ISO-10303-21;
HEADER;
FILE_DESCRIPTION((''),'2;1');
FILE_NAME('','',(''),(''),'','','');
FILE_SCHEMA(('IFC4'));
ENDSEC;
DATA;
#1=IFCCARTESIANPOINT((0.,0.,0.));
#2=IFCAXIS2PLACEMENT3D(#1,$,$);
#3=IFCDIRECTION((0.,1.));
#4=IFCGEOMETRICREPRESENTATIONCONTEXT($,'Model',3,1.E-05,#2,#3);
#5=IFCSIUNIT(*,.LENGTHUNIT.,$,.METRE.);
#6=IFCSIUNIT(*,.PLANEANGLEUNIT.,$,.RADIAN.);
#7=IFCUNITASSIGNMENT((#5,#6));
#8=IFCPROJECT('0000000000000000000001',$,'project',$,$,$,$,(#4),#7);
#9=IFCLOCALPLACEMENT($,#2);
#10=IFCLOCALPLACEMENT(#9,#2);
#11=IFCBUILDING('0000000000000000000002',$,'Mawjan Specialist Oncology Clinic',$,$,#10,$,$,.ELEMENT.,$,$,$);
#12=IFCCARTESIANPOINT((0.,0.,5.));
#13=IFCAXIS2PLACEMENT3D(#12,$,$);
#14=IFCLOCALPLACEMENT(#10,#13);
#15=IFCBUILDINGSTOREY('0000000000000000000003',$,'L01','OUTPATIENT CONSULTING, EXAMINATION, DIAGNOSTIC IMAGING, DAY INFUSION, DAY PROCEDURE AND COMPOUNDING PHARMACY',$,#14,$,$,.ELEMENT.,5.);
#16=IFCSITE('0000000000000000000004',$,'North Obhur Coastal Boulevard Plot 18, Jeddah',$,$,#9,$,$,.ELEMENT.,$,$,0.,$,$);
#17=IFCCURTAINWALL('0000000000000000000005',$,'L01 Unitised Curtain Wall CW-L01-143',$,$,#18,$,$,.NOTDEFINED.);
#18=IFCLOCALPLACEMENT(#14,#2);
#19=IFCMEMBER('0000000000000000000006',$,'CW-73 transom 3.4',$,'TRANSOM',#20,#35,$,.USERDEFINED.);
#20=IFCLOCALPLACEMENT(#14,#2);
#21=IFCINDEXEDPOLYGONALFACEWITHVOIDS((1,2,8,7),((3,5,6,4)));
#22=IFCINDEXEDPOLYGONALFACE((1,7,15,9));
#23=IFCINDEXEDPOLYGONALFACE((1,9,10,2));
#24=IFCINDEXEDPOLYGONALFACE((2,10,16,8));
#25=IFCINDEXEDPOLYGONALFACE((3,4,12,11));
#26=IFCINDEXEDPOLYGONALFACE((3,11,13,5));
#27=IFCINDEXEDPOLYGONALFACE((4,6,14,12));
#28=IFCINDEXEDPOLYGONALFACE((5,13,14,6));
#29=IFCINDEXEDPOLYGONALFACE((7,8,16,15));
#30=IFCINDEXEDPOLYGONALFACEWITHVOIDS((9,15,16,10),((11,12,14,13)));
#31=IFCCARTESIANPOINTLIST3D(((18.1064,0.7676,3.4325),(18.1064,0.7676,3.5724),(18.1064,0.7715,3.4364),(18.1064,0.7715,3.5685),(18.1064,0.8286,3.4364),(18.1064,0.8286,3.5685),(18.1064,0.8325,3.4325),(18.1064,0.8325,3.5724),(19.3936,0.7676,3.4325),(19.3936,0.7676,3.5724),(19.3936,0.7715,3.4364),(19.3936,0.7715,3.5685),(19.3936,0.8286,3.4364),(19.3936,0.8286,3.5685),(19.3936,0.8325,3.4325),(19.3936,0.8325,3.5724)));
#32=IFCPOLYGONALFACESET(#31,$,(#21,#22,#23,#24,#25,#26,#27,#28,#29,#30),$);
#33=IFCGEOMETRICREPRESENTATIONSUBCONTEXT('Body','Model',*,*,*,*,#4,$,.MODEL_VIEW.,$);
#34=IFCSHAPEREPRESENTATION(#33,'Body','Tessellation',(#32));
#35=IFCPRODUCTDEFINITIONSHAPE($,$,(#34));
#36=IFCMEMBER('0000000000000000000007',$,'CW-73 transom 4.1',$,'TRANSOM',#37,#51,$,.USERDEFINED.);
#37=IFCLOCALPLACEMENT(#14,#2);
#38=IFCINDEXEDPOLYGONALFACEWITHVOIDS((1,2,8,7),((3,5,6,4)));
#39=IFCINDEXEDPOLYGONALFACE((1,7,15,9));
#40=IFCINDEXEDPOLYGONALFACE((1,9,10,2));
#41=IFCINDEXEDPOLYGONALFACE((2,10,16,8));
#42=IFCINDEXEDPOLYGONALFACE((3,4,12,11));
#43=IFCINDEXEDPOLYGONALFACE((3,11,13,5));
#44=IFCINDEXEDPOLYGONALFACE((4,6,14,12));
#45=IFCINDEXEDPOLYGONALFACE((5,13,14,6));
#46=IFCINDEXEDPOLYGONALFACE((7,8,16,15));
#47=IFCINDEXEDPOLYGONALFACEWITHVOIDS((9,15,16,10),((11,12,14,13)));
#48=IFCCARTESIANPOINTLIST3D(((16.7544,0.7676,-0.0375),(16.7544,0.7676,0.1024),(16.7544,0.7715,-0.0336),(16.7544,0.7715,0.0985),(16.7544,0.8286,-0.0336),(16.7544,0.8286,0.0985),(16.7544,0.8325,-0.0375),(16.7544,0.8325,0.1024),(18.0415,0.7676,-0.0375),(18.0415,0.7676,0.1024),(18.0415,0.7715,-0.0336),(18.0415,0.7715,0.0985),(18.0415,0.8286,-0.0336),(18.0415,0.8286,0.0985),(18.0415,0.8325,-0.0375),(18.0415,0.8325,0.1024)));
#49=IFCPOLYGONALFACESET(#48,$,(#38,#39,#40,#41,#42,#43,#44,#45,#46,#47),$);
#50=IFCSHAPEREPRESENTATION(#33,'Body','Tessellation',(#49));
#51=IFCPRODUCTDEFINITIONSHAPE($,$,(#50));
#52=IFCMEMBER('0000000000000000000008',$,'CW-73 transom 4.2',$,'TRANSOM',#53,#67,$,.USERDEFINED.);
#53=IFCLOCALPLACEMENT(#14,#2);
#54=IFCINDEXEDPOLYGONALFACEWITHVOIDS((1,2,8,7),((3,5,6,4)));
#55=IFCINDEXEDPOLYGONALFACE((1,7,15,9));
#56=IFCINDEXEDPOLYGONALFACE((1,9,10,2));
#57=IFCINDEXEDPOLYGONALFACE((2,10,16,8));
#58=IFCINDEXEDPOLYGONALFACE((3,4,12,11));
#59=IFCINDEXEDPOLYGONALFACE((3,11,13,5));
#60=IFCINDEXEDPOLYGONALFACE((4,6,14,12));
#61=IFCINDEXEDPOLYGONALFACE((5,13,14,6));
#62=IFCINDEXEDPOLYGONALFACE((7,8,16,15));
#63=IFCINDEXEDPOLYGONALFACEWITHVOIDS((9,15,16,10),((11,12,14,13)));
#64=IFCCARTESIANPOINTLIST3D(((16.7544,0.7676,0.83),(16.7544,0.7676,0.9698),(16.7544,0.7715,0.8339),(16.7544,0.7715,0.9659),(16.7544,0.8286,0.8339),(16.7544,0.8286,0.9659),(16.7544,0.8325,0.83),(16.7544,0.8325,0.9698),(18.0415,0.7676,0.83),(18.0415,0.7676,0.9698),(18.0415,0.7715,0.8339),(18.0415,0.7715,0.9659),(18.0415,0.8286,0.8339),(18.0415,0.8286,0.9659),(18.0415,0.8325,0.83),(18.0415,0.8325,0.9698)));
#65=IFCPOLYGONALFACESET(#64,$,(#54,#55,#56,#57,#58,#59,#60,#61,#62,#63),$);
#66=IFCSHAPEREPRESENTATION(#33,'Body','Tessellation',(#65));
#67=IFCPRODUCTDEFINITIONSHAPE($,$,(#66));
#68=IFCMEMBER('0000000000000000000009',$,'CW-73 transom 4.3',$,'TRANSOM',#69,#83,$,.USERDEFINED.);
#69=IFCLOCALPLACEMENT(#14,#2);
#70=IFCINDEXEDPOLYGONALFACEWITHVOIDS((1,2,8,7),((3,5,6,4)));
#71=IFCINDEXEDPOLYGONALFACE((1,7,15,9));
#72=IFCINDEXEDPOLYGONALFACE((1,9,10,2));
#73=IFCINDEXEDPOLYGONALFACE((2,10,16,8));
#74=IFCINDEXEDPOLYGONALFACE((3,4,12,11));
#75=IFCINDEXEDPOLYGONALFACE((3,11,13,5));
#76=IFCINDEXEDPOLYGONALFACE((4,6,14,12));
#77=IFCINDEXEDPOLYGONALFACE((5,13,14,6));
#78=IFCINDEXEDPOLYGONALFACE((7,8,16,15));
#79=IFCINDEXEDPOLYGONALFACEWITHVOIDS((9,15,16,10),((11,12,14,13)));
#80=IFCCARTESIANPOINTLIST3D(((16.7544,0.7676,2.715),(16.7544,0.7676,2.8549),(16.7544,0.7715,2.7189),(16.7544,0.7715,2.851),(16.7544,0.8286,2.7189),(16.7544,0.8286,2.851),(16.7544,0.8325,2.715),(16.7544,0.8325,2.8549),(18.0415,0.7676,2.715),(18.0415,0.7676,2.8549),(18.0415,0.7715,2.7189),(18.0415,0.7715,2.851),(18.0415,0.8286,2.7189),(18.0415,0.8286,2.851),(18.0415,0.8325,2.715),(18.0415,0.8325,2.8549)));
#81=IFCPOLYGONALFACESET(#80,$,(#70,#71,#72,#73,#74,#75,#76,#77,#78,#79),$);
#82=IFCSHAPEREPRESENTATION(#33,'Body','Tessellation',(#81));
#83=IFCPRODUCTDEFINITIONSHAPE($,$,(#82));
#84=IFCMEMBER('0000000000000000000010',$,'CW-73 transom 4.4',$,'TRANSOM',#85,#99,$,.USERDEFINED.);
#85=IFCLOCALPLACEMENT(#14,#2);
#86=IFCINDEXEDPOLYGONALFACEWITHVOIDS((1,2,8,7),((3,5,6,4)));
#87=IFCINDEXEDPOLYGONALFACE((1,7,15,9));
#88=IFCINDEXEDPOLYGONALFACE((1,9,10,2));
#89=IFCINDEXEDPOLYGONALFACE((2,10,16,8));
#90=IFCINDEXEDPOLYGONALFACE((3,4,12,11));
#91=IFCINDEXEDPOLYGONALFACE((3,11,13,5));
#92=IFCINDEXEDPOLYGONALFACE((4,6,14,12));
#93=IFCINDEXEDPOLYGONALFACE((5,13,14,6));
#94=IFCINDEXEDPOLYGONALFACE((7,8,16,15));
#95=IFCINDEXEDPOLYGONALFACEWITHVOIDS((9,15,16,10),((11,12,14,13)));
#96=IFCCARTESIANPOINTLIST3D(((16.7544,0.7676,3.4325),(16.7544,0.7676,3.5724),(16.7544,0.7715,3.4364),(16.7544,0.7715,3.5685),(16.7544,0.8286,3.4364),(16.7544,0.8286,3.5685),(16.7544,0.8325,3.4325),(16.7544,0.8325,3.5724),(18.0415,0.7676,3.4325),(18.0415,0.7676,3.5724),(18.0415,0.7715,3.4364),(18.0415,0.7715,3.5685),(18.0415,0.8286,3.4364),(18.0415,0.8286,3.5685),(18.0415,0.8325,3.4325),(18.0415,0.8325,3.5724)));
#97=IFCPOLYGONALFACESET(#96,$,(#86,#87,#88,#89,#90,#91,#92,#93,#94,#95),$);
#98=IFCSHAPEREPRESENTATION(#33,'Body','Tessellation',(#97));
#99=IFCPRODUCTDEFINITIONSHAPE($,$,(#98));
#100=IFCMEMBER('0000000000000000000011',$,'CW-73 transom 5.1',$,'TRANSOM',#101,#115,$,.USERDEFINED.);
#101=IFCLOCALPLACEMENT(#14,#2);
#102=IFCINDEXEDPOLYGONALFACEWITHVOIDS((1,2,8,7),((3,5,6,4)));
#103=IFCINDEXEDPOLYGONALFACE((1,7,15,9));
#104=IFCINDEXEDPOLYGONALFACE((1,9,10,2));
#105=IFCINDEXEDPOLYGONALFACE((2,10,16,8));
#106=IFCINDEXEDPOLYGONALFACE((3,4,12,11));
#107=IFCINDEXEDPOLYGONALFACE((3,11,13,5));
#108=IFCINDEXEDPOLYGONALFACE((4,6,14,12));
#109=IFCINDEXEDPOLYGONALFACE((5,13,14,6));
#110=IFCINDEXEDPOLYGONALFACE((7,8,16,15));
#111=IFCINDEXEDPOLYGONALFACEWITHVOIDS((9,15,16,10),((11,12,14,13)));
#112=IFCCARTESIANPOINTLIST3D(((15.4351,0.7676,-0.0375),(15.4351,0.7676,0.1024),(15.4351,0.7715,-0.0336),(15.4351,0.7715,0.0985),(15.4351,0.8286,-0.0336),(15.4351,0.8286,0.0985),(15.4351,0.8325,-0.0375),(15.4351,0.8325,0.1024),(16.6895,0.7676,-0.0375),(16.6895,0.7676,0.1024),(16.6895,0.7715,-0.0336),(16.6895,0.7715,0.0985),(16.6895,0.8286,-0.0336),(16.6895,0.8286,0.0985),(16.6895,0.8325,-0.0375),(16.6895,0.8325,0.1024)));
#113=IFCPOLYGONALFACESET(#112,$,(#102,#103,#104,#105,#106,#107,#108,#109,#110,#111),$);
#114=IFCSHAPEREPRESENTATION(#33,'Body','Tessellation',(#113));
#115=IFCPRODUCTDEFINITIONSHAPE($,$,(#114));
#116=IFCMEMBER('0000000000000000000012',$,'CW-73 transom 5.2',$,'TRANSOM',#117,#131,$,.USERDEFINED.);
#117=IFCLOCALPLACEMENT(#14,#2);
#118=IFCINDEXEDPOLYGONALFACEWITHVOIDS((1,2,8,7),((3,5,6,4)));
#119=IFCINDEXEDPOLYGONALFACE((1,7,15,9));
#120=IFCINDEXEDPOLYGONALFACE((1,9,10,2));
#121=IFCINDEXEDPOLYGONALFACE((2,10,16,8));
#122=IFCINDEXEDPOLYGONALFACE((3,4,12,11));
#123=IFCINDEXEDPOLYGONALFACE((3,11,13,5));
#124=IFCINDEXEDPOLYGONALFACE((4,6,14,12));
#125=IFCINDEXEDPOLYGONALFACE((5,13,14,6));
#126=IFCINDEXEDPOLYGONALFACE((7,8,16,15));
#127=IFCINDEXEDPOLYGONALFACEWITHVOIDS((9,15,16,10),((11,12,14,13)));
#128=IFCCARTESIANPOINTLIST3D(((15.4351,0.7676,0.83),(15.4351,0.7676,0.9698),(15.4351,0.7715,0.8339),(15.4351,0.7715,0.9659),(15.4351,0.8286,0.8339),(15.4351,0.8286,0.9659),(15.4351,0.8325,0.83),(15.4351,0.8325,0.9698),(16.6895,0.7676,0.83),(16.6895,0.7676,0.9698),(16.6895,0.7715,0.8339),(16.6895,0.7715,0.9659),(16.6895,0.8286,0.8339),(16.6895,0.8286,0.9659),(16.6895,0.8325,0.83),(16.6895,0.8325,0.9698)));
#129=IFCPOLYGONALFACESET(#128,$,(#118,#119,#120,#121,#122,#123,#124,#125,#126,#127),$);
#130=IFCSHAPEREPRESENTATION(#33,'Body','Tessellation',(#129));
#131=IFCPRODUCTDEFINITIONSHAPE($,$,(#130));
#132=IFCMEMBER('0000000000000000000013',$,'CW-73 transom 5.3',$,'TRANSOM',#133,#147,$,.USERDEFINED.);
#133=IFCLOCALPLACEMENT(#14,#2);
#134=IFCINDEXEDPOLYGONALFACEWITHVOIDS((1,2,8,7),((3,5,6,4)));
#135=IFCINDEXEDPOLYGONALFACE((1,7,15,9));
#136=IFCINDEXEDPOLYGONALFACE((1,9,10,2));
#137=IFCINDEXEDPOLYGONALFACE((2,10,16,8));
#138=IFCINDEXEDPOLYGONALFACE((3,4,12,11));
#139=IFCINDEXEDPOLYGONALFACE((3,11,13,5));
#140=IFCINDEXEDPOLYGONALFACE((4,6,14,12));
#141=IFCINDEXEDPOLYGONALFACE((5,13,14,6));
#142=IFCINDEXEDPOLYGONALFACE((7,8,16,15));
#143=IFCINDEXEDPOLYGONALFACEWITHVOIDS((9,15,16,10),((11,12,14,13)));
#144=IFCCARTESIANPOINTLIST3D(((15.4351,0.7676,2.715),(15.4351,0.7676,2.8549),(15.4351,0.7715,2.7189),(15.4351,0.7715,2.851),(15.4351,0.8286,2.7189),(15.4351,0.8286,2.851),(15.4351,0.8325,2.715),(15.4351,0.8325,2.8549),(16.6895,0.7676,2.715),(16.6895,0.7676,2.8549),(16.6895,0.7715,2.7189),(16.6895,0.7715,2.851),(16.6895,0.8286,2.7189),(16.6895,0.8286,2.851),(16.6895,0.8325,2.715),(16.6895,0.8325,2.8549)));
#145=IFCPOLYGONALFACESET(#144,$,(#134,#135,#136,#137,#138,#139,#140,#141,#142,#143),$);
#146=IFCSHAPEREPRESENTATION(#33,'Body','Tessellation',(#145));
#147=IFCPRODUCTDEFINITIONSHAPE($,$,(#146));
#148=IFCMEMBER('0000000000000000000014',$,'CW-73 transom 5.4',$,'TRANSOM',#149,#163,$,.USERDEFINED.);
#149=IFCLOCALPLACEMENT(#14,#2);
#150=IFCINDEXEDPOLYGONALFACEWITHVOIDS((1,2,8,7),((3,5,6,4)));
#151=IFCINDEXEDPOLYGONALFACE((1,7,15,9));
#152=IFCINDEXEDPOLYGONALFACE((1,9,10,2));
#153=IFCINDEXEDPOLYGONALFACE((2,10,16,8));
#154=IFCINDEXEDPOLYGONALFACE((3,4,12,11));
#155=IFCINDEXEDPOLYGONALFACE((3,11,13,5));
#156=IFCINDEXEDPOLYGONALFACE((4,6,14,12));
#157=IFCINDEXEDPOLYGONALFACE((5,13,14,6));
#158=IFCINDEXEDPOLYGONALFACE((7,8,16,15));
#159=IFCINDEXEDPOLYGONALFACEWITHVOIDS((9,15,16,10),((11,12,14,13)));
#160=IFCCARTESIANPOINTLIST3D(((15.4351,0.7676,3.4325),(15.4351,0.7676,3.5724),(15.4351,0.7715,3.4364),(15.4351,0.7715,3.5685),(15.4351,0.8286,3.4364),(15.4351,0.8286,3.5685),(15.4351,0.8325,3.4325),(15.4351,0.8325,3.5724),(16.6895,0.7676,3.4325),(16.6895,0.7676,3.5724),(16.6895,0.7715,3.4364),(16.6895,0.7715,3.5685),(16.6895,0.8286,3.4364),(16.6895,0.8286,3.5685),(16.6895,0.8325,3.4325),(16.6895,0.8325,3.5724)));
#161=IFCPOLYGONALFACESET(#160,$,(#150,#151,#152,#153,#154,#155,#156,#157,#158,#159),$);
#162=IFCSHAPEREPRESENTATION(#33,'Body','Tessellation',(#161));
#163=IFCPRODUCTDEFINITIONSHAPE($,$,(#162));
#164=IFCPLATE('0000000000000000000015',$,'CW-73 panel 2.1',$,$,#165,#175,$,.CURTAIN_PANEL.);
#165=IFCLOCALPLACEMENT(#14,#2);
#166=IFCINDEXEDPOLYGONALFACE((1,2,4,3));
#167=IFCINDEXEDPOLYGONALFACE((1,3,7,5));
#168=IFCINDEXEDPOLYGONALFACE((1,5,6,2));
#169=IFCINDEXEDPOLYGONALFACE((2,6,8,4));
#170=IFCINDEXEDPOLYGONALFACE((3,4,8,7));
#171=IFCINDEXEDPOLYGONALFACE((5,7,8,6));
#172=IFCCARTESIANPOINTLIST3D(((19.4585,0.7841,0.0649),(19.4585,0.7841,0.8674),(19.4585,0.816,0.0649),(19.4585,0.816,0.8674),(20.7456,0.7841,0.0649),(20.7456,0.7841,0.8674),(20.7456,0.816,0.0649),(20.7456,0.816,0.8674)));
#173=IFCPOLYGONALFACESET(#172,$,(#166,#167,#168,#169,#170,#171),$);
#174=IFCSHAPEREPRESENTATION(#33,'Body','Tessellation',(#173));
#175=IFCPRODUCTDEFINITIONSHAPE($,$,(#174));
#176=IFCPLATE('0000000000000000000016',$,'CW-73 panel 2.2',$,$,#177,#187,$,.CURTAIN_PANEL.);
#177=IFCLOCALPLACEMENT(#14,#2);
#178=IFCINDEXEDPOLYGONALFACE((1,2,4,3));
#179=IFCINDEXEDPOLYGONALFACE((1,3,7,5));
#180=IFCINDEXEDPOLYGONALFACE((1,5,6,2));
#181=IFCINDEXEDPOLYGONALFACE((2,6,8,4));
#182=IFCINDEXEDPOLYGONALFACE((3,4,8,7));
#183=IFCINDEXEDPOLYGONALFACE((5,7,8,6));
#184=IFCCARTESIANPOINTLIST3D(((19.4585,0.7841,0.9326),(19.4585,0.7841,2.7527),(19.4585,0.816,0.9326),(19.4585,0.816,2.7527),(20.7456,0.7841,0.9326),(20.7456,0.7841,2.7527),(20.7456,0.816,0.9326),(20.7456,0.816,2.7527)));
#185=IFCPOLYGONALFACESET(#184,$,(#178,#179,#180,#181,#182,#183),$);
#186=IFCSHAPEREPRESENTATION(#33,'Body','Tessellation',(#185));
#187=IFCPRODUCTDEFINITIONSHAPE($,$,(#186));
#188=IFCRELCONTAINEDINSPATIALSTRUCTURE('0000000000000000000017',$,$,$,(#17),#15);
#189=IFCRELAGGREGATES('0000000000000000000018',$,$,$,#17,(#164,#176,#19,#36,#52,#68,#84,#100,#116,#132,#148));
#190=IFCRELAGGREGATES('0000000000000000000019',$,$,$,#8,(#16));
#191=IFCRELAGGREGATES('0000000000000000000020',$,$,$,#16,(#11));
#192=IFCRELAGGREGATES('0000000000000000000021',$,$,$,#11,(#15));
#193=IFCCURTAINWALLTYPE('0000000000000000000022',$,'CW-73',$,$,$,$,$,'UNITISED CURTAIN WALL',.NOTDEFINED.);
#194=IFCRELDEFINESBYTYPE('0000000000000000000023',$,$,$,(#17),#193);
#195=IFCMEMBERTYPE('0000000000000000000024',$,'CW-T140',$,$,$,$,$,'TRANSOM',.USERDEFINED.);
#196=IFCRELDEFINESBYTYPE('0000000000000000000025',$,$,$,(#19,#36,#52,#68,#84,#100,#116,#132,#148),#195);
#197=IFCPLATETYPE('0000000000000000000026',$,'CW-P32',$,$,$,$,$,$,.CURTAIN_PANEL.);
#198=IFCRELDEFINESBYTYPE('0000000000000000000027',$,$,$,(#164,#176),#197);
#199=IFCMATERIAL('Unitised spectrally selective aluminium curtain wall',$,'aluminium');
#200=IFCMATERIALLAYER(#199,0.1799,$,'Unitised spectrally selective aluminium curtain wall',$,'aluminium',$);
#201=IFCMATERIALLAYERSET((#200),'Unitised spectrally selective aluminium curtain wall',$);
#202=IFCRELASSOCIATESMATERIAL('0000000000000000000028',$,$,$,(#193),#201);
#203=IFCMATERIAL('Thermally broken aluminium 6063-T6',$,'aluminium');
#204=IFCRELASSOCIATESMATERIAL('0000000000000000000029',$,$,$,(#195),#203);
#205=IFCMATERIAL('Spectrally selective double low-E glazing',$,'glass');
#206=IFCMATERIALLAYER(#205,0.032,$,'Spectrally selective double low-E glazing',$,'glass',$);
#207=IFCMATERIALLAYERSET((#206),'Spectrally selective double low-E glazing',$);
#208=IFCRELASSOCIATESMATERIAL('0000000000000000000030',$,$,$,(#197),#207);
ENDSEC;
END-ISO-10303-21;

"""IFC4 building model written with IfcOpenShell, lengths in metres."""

from ifc_helpers import new_model, si_unit, direction, frame, origin, origin_2d, place, context, subcontext, project, spatial, rectangle, hollow_rectangle, extrude, material, layer, layer_set, material_profile, profile_set, type_object, element, aggregate, save


model = new_model("IFC4")

# Units and contexts
model_context = context("Model", 3, precision=1e-05, world=origin(), true_north=direction((0.0, 1.0)))
body_context = subcontext(model_context, "Body", "Model", "MODEL_VIEW")
ifc_project = project(units=[si_unit("LENGTHUNIT", "METRE"), si_unit("PLANEANGLEUNIT", "RADIAN")], contexts=[model_context])

# Site, building, storey
site_placement = place(None, origin())
site = spatial("IfcSite", under=ifc_project, at=site_placement, Name="North Obhur Coastal Boulevard Plot 18, Jeddah", CompositionType="ELEMENT", RefElevation=0.0)
building_placement = place(site_placement, origin())
building = spatial("IfcBuilding", under=site, at=building_placement, Name="Mawjan Specialist Oncology Clinic", CompositionType="ELEMENT")
storey_placement = place(building_placement, frame((0.0, 0.0, 5.0)))
storey = spatial("IfcBuildingStorey", under=building, at=storey_placement, Name="L01", Description="OUTPATIENT CONSULTING, EXAMINATION, DIAGNOSTIC IMAGING, DAY INFUSION, DAY PROCEDURE AND COMPOUNDING PHARMACY", CompositionType="ELEMENT", Elevation=5.0)

# Curtain wall, members, plates
ifc_material_1 = material(Name="Unitised spectrally selective aluminium curtain wall", Category="aluminium")
ifc_layer_1 = layer(ifc_material_1, 0.1799, Name="Unitised spectrally selective aluminium curtain wall", Category="aluminium")
ifc_layer_set_1 = layer_set([ifc_layer_1], Name="Unitised spectrally selective aluminium curtain wall")
curtain_wall_type = type_object("IfcCurtainWallType", Name="CW-73", ElementType="UNITISED CURTAIN WALL", PredefinedType="NOTDEFINED", material=ifc_layer_set_1)
curtain_wall_placement = place(storey_placement, origin())
curtain_wall = element("IfcCurtainWall", 1, at=curtain_wall_placement, inside=storey, type_object=curtain_wall_type, Name="L01 Unitised Curtain Wall CW-L01-143", PredefinedType="NOTDEFINED")
ifc_material_2 = material(Name="Thermally broken aluminium 6063-T6", Category="aluminium")
ifc_material_profile_1 = material_profile(ifc_material_2, hollow_rectangle(XDim=0.0649, YDim=0.1399, WallThickness=0.0039, at=origin_2d()), Name="ALU TRANSOM 140x65x4", Category="aluminium")
ifc_profile_set_1 = profile_set([ifc_material_profile_1], Name="Thermally broken aluminium 6063-T6")
member_type_1 = type_object("IfcMemberType", Name="CW-T140", ElementType="TRANSOM", PredefinedType="USERDEFINED", material=ifc_profile_set_1)
member_1_placement = place(storey_placement, frame((19.3936, 0.8, 3.5024), z_axis=(-1.0, 0.0, 0.0), x_axis=(0.0, -1.0, 0.0)))
member_1 = element("IfcMember", 2, at=member_1_placement, type_object=member_type_1, Name="CW-73 transom 3.4", ObjectType="TRANSOM", PredefinedType="USERDEFINED", context=body_context, shape_type="SweptSolid", body=[
    extrude(hollow_rectangle(XDim=0.0649, YDim=0.1399, WallThickness=0.0039, at=origin_2d()), origin(), (0.0, 0.0, 1.0), 1.2871),
])
member_2_placement = place(storey_placement, frame((18.0415, 0.8, 0.0325), z_axis=(-1.0, 0.0, 0.0), x_axis=(0.0, -1.0, 0.0)))
member_2 = element("IfcMember", 3, at=member_2_placement, type_object=member_type_1, Name="CW-73 transom 4.1", ObjectType="TRANSOM", PredefinedType="USERDEFINED", context=body_context, shape_type="SweptSolid", body=[
    extrude(hollow_rectangle(XDim=0.0649, YDim=0.1399, WallThickness=0.0039, at=origin_2d()), origin(), (0.0, 0.0, 1.0), 1.2871),
])
member_3_placement = place(storey_placement, frame((18.0415, 0.8, 0.8999), z_axis=(-1.0, 0.0, 0.0), x_axis=(0.0, -1.0, 0.0)))
member_3 = element("IfcMember", 4, at=member_3_placement, type_object=member_type_1, Name="CW-73 transom 4.2", ObjectType="TRANSOM", PredefinedType="USERDEFINED", context=body_context, shape_type="SweptSolid", body=[
    extrude(hollow_rectangle(XDim=0.0649, YDim=0.1399, WallThickness=0.0039, at=origin_2d()), origin(), (0.0, 0.0, 1.0), 1.2871),
])
member_4_placement = place(storey_placement, frame((18.0415, 0.8, 2.7849), z_axis=(-1.0, 0.0, 0.0), x_axis=(0.0, -1.0, 0.0)))
member_4 = element("IfcMember", 5, at=member_4_placement, type_object=member_type_1, Name="CW-73 transom 4.3", ObjectType="TRANSOM", PredefinedType="USERDEFINED", context=body_context, shape_type="SweptSolid", body=[
    extrude(hollow_rectangle(XDim=0.0649, YDim=0.1399, WallThickness=0.0039, at=origin_2d()), origin(), (0.0, 0.0, 1.0), 1.2871),
])
member_5_placement = place(storey_placement, frame((18.0415, 0.8, 3.5024), z_axis=(-1.0, 0.0, 0.0), x_axis=(0.0, -1.0, 0.0)))
member_5 = element("IfcMember", 6, at=member_5_placement, type_object=member_type_1, Name="CW-73 transom 4.4", ObjectType="TRANSOM", PredefinedType="USERDEFINED", context=body_context, shape_type="SweptSolid", body=[
    extrude(hollow_rectangle(XDim=0.0649, YDim=0.1399, WallThickness=0.0039, at=origin_2d()), origin(), (0.0, 0.0, 1.0), 1.2871),
])
member_6_placement = place(storey_placement, frame((16.6895, 0.8, 0.0325), z_axis=(-1.0, 0.0, 0.0), x_axis=(0.0, -1.0, 0.0)))
member_6 = element("IfcMember", 7, at=member_6_placement, type_object=member_type_1, Name="CW-73 transom 5.1", ObjectType="TRANSOM", PredefinedType="USERDEFINED", context=body_context, shape_type="SweptSolid", body=[
    extrude(hollow_rectangle(XDim=0.0649, YDim=0.1399, WallThickness=0.0039, at=origin_2d()), origin(), (0.0, 0.0, 1.0), 1.2544),
])
member_7_placement = place(storey_placement, frame((16.6895, 0.8, 0.8999), z_axis=(-1.0, 0.0, 0.0), x_axis=(0.0, -1.0, 0.0)))
member_7 = element("IfcMember", 8, at=member_7_placement, type_object=member_type_1, Name="CW-73 transom 5.2", ObjectType="TRANSOM", PredefinedType="USERDEFINED", context=body_context, shape_type="SweptSolid", body=[
    extrude(hollow_rectangle(XDim=0.0649, YDim=0.1399, WallThickness=0.0039, at=origin_2d()), origin(), (0.0, 0.0, 1.0), 1.2544),
])
member_8_placement = place(storey_placement, frame((16.6895, 0.8, 2.7849), z_axis=(-1.0, 0.0, 0.0), x_axis=(0.0, -1.0, 0.0)))
member_8 = element("IfcMember", 9, at=member_8_placement, type_object=member_type_1, Name="CW-73 transom 5.3", ObjectType="TRANSOM", PredefinedType="USERDEFINED", context=body_context, shape_type="SweptSolid", body=[
    extrude(hollow_rectangle(XDim=0.0649, YDim=0.1399, WallThickness=0.0039, at=origin_2d()), origin(), (0.0, 0.0, 1.0), 1.2544),
])
member_9_placement = place(storey_placement, frame((16.6895, 0.8, 3.5024), z_axis=(-1.0, 0.0, 0.0), x_axis=(0.0, -1.0, 0.0)))
member_9 = element("IfcMember", 10, at=member_9_placement, type_object=member_type_1, Name="CW-73 transom 5.4", ObjectType="TRANSOM", PredefinedType="USERDEFINED", context=body_context, shape_type="SweptSolid", body=[
    extrude(hollow_rectangle(XDim=0.0649, YDim=0.1399, WallThickness=0.0039, at=origin_2d()), origin(), (0.0, 0.0, 1.0), 1.2544),
])
ifc_material_3 = material(Name="Spectrally selective double low-E glazing", Category="glass")
ifc_layer_2 = layer(ifc_material_3, 0.032, Name="Spectrally selective double low-E glazing", Category="glass")
ifc_layer_set_2 = layer_set([ifc_layer_2], Name="Spectrally selective double low-E glazing")
plate_type = type_object("IfcPlateType", Name="CW-P32", PredefinedType="CURTAIN_PANEL", material=ifc_layer_set_2)
plate_1_placement = place(storey_placement, frame((20.1021, 0.8, 0.0649), z_axis=(0.0, 0.0, 1.0), x_axis=(-1.0, 0.0, 0.0)))
plate_1 = element("IfcPlate", 11, at=plate_1_placement, type_object=plate_type, Name="CW-73 panel 2.1", PredefinedType="CURTAIN_PANEL", context=body_context, shape_type="SweptSolid", body=[
    extrude(rectangle(XDim=1.2871, YDim=0.032, at=origin_2d()), origin(), (0.0, 0.0, 1.0), 0.8025),
])
plate_2_placement = place(storey_placement, frame((20.1021, 0.8, 0.9326), z_axis=(0.0, 0.0, 1.0), x_axis=(-1.0, 0.0, 0.0)))
plate_2 = element("IfcPlate", 12, at=plate_2_placement, type_object=plate_type, Name="CW-73 panel 2.2", PredefinedType="CURTAIN_PANEL", context=body_context, shape_type="SweptSolid", body=[
    extrude(rectangle(XDim=1.2871, YDim=0.032, at=origin_2d()), origin(), (0.0, 0.0, 1.0), 1.8201),
])
aggregate(curtain_wall, [plate_1, plate_2, member_1, member_2, member_3, member_4, member_5, member_6, member_7, member_8, member_9])

save(model, "model.ifc")
